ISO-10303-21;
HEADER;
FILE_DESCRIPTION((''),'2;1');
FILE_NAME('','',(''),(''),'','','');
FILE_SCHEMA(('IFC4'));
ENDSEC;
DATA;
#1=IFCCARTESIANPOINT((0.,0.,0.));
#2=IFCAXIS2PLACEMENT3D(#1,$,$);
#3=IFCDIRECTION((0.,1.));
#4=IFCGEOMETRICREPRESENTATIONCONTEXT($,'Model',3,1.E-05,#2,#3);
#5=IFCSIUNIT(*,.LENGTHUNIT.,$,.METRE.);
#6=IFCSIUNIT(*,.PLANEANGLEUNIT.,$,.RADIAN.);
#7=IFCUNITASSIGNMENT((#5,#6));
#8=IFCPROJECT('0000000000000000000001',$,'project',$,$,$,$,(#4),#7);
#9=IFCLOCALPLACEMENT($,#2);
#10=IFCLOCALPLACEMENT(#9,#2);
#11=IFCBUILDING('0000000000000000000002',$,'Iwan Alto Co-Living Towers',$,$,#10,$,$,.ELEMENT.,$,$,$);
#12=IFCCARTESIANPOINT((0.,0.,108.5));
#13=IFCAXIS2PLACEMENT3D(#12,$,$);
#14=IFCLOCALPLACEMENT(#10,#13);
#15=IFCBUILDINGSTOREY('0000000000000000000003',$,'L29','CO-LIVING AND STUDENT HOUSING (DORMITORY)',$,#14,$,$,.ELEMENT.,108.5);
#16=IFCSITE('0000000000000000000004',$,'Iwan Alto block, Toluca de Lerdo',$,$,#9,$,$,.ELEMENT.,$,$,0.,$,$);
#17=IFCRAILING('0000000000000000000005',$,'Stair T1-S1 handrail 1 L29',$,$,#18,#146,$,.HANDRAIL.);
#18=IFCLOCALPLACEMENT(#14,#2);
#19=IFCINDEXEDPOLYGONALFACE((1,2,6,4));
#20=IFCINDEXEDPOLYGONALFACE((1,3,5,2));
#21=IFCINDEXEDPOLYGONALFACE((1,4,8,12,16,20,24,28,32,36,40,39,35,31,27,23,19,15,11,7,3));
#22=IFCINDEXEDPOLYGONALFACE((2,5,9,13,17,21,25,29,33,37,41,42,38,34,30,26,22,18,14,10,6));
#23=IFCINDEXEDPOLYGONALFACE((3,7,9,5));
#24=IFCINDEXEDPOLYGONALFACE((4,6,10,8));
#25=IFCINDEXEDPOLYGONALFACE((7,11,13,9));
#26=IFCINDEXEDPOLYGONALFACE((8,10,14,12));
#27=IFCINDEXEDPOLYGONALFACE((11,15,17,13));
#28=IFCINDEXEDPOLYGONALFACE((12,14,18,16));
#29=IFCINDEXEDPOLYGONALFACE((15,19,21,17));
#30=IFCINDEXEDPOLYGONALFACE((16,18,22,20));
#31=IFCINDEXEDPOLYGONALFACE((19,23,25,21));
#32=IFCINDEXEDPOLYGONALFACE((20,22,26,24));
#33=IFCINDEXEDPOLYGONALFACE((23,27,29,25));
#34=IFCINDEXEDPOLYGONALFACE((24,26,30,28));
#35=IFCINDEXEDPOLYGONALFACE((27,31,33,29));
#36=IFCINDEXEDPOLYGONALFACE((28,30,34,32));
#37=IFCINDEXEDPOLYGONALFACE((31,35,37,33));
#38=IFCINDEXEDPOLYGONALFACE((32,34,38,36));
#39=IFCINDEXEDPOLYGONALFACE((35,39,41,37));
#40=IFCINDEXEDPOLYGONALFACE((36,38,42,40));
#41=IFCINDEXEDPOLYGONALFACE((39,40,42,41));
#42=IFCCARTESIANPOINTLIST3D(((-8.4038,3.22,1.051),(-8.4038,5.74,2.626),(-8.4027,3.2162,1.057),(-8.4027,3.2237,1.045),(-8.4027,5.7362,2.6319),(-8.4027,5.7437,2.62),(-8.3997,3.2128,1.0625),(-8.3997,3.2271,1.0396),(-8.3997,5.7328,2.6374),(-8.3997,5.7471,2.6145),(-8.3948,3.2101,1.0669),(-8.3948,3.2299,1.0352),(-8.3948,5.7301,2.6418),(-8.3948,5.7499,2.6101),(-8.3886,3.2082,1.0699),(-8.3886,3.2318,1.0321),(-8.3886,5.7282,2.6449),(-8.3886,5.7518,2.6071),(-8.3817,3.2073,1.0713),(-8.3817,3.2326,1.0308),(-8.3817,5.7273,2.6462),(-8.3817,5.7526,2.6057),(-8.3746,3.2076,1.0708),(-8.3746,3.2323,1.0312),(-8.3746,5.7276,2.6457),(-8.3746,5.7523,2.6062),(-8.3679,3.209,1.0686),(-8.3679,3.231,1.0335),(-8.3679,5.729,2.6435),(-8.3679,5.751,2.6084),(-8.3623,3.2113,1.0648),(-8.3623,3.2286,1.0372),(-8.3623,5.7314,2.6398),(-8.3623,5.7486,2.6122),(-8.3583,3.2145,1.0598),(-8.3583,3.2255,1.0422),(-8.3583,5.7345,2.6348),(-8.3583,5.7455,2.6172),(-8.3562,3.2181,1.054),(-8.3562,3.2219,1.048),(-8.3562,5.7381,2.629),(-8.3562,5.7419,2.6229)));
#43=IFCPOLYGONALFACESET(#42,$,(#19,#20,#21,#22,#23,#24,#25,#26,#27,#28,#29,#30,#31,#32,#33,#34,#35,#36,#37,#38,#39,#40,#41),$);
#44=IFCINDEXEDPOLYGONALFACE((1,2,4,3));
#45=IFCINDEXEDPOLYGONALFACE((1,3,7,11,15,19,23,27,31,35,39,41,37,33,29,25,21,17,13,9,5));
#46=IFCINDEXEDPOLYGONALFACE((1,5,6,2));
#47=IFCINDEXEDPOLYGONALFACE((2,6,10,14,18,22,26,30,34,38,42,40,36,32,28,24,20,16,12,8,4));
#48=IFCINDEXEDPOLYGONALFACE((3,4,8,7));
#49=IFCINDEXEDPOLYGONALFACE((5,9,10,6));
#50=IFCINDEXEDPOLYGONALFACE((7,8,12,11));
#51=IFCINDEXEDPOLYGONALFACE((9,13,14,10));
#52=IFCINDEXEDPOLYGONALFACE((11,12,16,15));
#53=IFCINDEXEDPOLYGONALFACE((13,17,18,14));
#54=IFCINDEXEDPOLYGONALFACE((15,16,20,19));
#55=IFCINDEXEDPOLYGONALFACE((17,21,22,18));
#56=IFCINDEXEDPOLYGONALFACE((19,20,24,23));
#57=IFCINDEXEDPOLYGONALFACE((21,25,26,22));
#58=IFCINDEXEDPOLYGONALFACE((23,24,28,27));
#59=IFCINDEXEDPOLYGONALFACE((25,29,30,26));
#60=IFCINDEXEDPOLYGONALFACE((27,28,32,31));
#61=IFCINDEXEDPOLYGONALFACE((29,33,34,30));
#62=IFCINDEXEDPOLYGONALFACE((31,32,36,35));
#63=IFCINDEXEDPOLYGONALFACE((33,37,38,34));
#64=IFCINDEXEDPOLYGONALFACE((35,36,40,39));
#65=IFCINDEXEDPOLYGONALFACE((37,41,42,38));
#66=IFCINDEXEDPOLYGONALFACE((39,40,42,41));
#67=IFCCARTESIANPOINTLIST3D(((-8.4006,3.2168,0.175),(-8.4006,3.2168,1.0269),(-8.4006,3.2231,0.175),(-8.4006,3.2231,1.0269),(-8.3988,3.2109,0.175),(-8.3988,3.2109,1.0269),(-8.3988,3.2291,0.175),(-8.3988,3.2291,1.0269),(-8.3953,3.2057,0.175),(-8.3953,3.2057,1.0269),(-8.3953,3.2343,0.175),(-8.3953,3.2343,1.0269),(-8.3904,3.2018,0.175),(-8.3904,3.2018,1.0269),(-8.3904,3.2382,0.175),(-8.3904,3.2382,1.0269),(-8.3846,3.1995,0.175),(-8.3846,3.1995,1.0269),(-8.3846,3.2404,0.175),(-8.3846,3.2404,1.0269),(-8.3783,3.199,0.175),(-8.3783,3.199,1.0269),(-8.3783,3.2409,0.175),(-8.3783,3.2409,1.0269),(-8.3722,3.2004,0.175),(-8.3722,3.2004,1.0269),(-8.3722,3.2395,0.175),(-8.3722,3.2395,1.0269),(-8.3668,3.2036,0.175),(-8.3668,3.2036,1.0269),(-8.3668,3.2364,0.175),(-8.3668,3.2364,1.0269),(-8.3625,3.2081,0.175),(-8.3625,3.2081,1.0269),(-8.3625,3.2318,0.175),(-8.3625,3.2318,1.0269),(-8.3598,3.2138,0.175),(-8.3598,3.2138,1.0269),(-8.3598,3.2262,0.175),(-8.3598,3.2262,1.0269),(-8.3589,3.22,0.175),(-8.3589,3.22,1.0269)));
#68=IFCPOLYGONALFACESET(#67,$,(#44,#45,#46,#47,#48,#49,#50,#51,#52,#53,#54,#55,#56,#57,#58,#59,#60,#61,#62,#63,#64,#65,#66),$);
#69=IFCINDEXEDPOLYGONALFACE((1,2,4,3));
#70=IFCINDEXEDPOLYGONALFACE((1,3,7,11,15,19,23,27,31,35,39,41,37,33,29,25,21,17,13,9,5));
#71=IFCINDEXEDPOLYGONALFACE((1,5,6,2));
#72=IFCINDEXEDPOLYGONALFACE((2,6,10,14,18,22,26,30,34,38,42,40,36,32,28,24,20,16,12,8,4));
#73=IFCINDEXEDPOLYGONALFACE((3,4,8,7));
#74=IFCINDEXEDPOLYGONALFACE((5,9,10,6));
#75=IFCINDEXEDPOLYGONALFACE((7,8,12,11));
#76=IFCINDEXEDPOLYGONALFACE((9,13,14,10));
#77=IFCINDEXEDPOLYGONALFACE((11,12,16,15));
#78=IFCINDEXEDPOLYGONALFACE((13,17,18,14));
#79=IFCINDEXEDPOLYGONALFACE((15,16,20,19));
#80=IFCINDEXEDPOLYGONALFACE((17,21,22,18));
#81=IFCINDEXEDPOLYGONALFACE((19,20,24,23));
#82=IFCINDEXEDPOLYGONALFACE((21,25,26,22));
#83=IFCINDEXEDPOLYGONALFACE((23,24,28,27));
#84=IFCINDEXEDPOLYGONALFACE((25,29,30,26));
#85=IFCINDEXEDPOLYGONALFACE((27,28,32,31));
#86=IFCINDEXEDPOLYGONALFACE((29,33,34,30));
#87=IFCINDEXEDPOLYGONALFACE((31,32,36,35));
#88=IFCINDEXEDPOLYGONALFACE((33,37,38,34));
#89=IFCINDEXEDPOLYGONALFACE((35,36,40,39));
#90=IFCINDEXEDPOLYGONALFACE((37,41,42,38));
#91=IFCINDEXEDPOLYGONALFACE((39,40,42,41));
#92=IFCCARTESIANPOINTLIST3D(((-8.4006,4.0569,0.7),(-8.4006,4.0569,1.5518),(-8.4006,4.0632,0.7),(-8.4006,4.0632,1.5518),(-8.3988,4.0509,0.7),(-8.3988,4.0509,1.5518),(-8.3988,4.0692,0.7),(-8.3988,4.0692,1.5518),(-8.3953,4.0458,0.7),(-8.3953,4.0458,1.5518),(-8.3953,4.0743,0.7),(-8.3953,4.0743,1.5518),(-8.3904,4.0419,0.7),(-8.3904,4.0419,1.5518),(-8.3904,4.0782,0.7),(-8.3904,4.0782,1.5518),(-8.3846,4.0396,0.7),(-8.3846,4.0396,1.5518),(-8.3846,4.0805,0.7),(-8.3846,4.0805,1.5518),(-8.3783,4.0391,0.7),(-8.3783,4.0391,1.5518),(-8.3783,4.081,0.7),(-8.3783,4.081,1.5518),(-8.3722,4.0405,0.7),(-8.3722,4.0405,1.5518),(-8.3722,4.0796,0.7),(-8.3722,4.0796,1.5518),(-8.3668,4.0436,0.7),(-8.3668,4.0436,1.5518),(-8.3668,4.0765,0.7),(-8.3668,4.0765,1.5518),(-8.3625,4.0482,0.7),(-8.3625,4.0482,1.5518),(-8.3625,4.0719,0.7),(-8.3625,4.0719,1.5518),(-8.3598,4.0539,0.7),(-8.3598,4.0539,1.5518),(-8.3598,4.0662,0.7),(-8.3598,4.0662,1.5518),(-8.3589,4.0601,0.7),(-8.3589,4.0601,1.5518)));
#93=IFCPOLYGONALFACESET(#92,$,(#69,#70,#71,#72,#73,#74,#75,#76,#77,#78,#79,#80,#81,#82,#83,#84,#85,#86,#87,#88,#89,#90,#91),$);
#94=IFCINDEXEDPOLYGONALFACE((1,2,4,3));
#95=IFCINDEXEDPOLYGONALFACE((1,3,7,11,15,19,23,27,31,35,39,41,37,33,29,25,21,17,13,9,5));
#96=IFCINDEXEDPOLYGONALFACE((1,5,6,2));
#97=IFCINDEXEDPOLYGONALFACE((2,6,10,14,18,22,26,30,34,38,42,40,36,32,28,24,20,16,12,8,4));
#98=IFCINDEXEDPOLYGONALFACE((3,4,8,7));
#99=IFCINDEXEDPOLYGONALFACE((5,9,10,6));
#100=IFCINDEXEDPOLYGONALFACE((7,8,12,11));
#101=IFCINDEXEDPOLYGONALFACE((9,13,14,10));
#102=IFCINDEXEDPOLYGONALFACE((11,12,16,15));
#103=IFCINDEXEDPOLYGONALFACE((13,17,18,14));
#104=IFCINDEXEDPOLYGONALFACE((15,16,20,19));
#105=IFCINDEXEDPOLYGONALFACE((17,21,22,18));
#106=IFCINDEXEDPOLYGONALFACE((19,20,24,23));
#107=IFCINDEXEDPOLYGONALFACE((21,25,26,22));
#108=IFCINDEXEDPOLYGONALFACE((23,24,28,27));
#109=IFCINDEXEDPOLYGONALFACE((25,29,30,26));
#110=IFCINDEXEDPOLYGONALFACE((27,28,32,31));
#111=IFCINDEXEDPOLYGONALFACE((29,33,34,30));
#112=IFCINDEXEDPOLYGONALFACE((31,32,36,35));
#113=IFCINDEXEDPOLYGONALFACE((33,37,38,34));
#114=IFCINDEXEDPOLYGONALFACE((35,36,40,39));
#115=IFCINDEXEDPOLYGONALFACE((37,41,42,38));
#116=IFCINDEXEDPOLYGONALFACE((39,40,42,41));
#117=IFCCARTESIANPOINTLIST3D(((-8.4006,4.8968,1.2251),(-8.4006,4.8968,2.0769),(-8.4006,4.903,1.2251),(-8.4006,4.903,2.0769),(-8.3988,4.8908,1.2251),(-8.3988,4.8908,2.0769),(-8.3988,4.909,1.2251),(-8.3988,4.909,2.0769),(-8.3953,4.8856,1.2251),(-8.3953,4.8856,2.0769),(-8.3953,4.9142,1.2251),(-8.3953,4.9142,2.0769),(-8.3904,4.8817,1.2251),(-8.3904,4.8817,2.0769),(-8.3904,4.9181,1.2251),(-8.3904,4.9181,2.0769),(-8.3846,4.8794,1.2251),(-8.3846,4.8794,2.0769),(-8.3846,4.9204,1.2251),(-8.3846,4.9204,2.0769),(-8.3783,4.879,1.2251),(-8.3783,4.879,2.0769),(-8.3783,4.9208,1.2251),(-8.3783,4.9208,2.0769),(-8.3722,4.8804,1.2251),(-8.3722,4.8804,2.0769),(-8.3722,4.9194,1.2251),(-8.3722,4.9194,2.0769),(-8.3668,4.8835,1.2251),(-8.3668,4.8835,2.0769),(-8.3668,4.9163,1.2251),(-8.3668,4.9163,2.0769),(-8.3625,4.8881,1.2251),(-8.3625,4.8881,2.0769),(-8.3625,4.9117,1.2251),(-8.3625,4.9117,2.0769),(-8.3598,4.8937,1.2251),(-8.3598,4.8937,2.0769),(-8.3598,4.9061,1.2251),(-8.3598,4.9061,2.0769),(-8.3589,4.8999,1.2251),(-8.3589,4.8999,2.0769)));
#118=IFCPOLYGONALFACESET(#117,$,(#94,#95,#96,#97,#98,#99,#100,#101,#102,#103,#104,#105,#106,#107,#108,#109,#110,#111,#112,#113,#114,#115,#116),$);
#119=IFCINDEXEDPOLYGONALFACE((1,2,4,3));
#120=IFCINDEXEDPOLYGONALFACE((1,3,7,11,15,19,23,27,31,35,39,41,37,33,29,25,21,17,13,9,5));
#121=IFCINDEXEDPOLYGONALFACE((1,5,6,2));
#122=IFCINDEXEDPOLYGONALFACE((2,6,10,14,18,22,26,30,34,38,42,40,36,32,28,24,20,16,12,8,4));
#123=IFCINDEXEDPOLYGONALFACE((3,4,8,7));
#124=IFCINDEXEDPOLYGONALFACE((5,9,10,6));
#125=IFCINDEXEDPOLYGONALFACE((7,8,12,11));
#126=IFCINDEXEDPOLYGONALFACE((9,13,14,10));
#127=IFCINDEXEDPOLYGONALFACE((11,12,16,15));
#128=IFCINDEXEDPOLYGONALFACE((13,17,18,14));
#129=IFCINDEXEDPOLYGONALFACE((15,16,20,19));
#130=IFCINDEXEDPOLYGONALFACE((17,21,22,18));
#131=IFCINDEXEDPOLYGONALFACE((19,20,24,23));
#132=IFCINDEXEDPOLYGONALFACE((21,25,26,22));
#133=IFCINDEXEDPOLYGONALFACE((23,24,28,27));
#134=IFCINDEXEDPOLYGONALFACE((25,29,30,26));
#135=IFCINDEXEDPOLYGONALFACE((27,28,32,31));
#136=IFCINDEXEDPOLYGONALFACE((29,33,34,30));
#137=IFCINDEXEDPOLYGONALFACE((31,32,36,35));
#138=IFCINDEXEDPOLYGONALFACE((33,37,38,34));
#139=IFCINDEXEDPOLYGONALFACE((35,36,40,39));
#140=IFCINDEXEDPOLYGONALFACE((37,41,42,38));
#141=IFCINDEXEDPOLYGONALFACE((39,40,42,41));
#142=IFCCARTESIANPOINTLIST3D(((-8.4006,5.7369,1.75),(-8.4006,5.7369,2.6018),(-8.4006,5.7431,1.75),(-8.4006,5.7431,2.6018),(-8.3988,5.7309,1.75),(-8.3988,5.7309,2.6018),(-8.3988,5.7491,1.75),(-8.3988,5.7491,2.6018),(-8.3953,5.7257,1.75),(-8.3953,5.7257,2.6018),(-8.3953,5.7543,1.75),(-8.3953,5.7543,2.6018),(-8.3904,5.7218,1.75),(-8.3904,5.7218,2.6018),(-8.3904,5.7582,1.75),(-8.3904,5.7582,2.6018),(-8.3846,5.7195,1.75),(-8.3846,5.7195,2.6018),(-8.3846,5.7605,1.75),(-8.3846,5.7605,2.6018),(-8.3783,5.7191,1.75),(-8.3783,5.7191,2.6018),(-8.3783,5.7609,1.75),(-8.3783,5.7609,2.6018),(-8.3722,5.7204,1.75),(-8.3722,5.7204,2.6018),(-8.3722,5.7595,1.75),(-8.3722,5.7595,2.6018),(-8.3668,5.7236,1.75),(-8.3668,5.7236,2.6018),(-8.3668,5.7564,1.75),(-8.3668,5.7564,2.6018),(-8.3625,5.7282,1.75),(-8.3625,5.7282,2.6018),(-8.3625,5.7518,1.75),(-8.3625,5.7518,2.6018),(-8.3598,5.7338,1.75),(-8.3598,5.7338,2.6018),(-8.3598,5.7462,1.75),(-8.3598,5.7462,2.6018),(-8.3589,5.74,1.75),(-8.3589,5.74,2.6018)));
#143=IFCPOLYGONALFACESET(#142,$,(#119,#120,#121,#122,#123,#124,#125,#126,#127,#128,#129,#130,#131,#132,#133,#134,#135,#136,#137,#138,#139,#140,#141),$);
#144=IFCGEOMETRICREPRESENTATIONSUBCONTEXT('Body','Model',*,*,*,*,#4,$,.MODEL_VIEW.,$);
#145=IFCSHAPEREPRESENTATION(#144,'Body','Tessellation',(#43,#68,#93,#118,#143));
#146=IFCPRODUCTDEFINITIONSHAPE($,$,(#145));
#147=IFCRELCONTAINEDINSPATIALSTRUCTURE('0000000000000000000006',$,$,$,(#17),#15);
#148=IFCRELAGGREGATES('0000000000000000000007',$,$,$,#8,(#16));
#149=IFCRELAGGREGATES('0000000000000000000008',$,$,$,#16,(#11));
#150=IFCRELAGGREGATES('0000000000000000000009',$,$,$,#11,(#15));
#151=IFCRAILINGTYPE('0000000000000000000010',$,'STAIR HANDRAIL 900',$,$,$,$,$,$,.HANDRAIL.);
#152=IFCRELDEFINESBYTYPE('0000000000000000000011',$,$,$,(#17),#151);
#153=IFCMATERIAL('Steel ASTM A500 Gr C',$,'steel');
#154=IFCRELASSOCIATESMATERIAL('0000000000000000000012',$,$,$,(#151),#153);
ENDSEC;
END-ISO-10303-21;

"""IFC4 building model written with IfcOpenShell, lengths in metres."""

from ifc_helpers import new_model, si_unit, direction, frame, origin, origin_2d, place, context, subcontext, project, spatial, circle, extrude, material, type_object, element, save


model = new_model("IFC4")

# Units and contexts
model_context = context("Model", 3, precision=1e-05, world=origin(), true_north=direction((0.0, 1.0)))
body_context = subcontext(model_context, "Body", "Model", "MODEL_VIEW")
ifc_project = project(units=[si_unit("LENGTHUNIT", "METRE"), si_unit("PLANEANGLEUNIT", "RADIAN")], contexts=[model_context])

# Site, building, storey
site_placement = place(None, origin())
site = spatial("IfcSite", under=ifc_project, at=site_placement, Name="Iwan Alto block, Toluca de Lerdo", CompositionType="ELEMENT", RefElevation=0.0)
building_placement = place(site_placement, origin())
building = spatial("IfcBuilding", under=site, at=building_placement, Name="Iwan Alto Co-Living Towers", CompositionType="ELEMENT")
storey_placement = place(building_placement, frame((0.0, 0.0, 108.5)))
storey = spatial("IfcBuildingStorey", under=building, at=storey_placement, Name="L29", Description="CO-LIVING AND STUDENT HOUSING (DORMITORY)", CompositionType="ELEMENT", Elevation=108.5)

# Railing
ifc_material_1 = material(Name="Steel ASTM A500 Gr C", Category="steel")
railing_type_1 = type_object("IfcRailingType", Name="STAIR HANDRAIL 900", PredefinedType="HANDRAIL", material=ifc_material_1)
railing_1_placement = place(storey_placement, frame((-8.3799, 3.22, 0.175)))
element("IfcRailing", 1, at=railing_1_placement, inside=storey, type_object=railing_type_1, Name="Stair T1-S1 handrail 1 L29", PredefinedType="HANDRAIL", context=body_context, shape_type="SweptSolid", body=[
    extrude(circle(Radius=0.0239, at=origin_2d()), frame((0.0, 0.0, 0.876), z_axis=(0.0, 0.848008, 0.529984), x_axis=(-1.0, 0.0, 0.0)), (0.0, 0.0, 1.0), 2.9717),
    extrude(circle(Radius=0.021, at=origin_2d()), origin(), (0.0, 0.0, 1.0), 0.8518),
    extrude(circle(Radius=0.021, at=origin_2d()), frame((0.0, 0.8401, 0.5249)), (0.0, 0.0, 1.0), 0.8518),
    extrude(circle(Radius=0.021, at=origin_2d()), frame((0.0, 1.6799, 1.05)), (0.0, 0.0, 1.0), 0.8518),
    extrude(circle(Radius=0.021, at=origin_2d()), frame((0.0, 2.52, 1.575)), (0.0, 0.0, 1.0), 0.8518),
])

save(model, "model.ifc")
